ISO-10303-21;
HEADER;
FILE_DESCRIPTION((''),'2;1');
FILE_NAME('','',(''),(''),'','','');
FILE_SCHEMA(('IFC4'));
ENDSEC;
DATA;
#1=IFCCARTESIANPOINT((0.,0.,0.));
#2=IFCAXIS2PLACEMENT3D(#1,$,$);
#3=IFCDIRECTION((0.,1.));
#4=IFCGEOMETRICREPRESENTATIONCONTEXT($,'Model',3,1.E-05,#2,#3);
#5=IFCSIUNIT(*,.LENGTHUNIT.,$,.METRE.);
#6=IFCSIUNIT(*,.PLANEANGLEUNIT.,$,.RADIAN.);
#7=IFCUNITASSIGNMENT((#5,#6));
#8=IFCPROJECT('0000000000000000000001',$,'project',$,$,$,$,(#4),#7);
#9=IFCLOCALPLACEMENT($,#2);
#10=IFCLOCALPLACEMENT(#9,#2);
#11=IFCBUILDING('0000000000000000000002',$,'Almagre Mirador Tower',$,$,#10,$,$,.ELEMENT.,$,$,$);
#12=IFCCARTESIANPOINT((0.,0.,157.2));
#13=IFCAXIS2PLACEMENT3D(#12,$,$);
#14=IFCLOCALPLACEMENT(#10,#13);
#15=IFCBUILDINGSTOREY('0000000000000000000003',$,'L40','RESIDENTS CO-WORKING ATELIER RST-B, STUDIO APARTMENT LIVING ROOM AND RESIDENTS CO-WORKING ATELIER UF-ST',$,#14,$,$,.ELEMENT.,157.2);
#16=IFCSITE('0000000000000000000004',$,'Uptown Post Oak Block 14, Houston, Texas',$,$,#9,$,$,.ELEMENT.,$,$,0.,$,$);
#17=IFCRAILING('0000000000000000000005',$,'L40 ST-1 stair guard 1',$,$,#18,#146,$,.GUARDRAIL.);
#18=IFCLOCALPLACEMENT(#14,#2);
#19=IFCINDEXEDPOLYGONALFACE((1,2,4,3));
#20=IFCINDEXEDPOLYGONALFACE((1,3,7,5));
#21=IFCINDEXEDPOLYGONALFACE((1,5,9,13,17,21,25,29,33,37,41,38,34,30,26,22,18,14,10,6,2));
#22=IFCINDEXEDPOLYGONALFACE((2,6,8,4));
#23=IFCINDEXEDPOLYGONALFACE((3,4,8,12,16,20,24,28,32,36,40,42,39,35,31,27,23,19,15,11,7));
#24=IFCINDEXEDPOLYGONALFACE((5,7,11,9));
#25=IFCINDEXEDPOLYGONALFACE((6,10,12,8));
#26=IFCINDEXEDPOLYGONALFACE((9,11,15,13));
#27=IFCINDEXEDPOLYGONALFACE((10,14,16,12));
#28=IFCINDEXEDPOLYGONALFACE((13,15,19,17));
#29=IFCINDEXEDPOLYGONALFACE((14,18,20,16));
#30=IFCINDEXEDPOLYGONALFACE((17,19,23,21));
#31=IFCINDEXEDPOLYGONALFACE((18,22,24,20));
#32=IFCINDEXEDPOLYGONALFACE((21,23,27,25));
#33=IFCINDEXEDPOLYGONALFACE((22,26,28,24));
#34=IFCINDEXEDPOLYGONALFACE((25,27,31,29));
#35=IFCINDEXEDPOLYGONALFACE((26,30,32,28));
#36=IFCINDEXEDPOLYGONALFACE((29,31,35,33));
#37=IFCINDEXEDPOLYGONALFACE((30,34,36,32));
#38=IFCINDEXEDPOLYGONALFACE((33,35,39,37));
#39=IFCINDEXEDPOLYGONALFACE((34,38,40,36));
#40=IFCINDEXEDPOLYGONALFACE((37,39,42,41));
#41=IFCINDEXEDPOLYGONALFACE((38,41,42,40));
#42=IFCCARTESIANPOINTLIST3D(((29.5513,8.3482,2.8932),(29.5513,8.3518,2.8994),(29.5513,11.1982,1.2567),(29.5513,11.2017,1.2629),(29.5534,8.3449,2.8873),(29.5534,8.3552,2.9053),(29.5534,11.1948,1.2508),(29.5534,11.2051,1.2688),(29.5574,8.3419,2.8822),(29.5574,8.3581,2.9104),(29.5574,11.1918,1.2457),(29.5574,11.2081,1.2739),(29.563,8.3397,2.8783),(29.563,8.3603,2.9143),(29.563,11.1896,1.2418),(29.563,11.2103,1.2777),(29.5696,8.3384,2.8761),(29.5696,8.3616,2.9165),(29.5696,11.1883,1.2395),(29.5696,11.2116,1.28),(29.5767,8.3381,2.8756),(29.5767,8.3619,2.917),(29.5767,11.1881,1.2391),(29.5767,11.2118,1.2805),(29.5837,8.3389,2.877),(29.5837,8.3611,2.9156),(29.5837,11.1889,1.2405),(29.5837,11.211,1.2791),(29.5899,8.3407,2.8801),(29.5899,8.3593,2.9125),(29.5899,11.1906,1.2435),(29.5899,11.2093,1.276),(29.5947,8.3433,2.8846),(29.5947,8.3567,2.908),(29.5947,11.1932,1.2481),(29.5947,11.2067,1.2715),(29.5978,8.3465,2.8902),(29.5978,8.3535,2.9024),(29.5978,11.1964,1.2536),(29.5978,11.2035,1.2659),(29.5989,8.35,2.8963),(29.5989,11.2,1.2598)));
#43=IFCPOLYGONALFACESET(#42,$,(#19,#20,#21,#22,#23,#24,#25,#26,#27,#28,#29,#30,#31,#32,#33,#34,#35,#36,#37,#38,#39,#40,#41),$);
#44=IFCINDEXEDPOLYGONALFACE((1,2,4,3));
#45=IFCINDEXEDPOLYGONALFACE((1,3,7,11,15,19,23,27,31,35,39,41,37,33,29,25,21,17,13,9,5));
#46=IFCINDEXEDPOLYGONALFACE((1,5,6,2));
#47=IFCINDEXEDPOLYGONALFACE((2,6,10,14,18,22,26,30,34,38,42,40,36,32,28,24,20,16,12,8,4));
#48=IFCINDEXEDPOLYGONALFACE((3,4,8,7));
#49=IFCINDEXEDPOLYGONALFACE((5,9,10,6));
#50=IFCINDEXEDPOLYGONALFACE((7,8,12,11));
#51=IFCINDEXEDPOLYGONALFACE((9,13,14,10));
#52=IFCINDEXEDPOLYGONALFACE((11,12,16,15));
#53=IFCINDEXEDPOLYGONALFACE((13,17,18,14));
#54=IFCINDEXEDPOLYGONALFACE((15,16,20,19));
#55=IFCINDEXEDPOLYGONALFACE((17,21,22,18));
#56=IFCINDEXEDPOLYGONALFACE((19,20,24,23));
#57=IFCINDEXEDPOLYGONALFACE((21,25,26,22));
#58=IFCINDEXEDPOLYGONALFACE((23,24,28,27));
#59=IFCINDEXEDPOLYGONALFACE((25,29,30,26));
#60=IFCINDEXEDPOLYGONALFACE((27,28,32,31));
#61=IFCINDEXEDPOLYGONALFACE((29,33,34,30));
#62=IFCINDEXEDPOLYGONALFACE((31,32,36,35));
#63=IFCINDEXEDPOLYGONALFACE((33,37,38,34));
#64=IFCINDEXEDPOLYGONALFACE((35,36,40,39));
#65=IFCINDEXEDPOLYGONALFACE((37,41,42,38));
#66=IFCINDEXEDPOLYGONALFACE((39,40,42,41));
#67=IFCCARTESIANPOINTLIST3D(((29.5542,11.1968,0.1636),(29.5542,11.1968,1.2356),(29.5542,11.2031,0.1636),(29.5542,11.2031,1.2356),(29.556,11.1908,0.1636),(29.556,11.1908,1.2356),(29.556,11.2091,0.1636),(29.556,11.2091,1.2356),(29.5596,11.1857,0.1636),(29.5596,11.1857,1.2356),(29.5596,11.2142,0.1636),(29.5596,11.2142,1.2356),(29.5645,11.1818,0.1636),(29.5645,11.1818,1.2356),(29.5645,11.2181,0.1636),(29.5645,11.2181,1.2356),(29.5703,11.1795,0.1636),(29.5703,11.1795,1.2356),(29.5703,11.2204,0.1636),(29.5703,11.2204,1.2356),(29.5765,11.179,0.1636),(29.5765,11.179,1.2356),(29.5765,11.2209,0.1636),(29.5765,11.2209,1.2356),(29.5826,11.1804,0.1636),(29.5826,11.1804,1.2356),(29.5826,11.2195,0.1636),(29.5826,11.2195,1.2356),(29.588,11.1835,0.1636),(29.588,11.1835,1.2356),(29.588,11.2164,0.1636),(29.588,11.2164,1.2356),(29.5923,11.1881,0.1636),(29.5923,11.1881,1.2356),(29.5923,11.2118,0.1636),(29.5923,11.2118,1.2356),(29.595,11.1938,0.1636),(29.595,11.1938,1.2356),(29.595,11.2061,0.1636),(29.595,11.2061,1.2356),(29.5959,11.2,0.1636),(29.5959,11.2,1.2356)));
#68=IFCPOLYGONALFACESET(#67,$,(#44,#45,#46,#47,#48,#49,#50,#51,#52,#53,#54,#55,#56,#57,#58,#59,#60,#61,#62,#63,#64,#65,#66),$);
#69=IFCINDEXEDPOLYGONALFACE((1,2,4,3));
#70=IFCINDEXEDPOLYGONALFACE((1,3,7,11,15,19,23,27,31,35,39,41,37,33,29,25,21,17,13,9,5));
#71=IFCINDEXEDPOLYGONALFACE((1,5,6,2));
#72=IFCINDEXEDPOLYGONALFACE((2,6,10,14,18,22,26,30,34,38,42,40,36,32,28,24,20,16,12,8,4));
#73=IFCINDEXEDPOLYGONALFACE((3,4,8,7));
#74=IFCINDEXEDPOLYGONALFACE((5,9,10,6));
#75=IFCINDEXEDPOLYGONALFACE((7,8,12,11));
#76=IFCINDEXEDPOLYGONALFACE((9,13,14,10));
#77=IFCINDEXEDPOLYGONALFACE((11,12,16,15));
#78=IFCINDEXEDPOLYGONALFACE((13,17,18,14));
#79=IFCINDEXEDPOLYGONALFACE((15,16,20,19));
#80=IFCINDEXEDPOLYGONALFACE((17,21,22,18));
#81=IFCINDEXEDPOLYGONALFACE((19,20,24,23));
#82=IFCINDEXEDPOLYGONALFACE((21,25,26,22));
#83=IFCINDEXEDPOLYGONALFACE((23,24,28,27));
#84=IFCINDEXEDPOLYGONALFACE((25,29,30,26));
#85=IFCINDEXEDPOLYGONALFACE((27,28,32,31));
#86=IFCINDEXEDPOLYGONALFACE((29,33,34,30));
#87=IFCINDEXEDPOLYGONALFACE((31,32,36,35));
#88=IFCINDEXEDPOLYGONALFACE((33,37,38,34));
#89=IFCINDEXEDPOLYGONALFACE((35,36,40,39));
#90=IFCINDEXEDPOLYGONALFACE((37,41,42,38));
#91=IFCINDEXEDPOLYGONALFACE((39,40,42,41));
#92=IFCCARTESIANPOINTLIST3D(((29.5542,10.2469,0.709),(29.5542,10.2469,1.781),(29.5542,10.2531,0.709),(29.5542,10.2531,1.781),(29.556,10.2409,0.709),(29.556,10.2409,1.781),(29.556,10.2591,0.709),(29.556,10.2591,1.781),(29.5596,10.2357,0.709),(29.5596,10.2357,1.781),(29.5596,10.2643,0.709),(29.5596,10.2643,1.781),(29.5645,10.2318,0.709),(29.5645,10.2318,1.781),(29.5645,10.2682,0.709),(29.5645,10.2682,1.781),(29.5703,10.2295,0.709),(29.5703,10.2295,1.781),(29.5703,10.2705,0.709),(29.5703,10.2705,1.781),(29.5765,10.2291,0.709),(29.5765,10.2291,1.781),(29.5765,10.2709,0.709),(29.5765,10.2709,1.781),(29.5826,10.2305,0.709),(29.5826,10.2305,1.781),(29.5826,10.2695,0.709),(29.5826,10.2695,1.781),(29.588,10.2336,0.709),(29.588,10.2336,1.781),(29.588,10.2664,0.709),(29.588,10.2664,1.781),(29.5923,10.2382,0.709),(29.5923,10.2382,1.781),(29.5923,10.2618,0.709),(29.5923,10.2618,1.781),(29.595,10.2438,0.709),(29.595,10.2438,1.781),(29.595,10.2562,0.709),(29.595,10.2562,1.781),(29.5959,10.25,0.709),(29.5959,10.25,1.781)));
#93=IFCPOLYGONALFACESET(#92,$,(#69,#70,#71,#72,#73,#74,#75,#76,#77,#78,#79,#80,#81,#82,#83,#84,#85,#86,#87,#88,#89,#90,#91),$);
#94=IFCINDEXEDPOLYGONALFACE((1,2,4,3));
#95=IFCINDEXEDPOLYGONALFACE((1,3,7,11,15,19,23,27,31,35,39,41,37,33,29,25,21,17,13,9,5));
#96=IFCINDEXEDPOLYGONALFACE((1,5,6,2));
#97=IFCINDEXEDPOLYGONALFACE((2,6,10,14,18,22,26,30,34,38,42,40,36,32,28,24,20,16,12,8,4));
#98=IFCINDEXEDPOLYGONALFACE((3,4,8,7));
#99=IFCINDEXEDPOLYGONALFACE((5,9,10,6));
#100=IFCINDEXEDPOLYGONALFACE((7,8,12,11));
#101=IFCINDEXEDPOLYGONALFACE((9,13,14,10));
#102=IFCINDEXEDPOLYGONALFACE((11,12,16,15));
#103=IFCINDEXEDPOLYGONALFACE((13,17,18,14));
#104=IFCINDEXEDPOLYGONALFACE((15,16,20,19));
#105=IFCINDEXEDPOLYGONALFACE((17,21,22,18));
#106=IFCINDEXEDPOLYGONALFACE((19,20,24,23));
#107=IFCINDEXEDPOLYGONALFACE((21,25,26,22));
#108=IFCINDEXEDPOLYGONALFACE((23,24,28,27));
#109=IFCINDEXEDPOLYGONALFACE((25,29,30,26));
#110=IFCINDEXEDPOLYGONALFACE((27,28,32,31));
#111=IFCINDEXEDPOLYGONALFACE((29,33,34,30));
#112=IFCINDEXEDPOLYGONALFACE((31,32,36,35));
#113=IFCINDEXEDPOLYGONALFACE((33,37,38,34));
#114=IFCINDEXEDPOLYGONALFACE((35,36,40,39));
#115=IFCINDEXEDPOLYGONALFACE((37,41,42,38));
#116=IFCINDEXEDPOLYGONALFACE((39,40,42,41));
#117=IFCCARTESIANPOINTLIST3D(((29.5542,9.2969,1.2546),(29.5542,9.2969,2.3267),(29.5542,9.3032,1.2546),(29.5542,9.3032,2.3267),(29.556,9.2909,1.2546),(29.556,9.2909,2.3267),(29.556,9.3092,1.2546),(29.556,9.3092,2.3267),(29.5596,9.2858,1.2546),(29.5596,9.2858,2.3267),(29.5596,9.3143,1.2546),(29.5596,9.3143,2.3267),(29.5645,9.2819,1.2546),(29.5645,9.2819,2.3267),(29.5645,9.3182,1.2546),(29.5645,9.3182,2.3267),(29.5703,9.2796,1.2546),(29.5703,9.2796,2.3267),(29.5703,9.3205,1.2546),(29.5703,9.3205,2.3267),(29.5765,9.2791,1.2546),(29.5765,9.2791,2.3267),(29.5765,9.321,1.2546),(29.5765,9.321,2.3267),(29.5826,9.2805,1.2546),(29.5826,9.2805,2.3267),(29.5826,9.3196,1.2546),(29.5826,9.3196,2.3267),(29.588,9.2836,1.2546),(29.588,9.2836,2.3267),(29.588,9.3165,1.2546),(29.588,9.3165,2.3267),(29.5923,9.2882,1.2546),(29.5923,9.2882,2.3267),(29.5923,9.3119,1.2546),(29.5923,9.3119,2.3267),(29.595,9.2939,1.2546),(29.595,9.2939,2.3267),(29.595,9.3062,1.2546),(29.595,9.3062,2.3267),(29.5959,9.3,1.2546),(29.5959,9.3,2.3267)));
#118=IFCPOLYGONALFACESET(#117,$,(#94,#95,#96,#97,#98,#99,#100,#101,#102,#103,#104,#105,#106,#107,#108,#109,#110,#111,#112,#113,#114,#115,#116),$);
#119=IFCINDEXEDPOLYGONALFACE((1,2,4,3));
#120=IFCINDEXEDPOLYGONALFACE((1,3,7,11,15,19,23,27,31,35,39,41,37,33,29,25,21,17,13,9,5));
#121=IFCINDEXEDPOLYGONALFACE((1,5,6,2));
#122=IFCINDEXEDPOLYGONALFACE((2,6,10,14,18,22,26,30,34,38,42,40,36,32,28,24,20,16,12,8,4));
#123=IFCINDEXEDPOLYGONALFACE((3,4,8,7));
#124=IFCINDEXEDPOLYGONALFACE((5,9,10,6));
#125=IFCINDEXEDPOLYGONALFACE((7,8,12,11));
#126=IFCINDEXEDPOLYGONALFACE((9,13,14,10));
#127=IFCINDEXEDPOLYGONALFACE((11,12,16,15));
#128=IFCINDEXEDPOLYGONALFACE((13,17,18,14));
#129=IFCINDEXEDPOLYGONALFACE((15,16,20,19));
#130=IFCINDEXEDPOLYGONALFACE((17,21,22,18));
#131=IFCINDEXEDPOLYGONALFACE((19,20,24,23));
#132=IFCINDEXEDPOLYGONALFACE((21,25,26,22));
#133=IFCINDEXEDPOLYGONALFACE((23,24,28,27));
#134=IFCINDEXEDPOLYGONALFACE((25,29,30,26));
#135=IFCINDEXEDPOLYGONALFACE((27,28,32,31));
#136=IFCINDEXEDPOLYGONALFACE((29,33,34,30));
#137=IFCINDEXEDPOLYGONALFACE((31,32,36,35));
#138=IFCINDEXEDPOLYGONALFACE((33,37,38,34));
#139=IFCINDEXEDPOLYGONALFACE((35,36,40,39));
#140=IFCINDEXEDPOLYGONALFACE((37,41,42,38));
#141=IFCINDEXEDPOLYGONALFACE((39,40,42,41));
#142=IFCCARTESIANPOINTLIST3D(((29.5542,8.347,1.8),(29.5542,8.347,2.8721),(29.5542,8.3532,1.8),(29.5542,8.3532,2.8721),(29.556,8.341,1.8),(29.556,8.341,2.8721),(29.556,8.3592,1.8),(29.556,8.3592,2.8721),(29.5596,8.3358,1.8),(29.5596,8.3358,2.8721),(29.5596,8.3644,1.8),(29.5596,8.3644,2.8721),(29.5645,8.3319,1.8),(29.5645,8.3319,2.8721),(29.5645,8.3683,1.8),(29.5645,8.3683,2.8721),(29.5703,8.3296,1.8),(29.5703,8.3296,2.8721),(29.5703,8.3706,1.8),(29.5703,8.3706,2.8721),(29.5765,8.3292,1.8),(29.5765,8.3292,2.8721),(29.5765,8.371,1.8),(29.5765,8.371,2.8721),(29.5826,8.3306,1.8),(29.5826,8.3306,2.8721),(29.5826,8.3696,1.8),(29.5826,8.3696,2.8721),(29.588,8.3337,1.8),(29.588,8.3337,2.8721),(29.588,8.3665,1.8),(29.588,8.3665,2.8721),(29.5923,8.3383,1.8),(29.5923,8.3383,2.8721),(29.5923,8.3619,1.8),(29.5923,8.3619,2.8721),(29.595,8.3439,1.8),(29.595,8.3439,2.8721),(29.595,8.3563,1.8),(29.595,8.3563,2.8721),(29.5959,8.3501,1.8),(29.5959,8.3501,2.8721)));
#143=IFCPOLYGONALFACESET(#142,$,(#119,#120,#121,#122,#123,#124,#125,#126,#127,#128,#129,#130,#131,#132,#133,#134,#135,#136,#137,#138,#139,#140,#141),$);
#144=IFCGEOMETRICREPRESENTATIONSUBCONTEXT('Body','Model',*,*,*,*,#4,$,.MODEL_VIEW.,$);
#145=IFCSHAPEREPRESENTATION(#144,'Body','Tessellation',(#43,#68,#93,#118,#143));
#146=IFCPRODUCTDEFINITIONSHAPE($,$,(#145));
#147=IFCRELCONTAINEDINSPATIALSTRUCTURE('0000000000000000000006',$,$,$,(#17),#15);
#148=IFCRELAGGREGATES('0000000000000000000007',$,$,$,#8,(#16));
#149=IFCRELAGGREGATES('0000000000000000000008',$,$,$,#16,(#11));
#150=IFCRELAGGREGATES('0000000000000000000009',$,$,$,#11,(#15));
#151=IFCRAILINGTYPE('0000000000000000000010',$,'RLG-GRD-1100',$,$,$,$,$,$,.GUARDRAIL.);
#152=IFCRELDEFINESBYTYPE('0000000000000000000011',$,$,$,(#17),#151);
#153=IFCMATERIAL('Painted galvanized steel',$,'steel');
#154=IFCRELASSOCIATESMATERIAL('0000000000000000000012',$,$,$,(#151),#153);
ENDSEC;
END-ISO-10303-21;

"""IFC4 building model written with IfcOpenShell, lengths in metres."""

from ifc_helpers import new_model, si_unit, direction, frame, origin, origin_2d, place, context, subcontext, project, spatial, circle, extrude, material, type_object, element, save


model = new_model("IFC4")

# Units and contexts
model_context = context("Model", 3, precision=1e-05, world=origin(), true_north=direction((0.0, 1.0)))
body_context = subcontext(model_context, "Body", "Model", "MODEL_VIEW")
ifc_project = project(units=[si_unit("LENGTHUNIT", "METRE"), si_unit("PLANEANGLEUNIT", "RADIAN")], contexts=[model_context])

# Site, building, storey
site_placement = place(None, origin())
site = spatial("IfcSite", under=ifc_project, at=site_placement, Name="Uptown Post Oak Block 14, Houston, Texas", CompositionType="ELEMENT", RefElevation=0.0)
building_placement = place(site_placement, origin())
building = spatial("IfcBuilding", under=site, at=building_placement, Name="Almagre Mirador Tower", CompositionType="ELEMENT")
storey_placement = place(building_placement, frame((0.0, 0.0, 157.2)))
storey = spatial("IfcBuildingStorey", under=building, at=storey_placement, Name="L40", Description="RESIDENTS CO-WORKING ATELIER RST-B, STUDIO APARTMENT LIVING ROOM AND RESIDENTS CO-WORKING ATELIER UF-ST", CompositionType="ELEMENT", Elevation=157.2)

# Railing
ifc_material_1 = material(Name="Painted galvanized steel", Category="steel")
railing_type_1 = type_object("IfcRailingType", Name="RLG-GRD-1100", PredefinedType="GUARDRAIL", material=ifc_material_1)
railing_1_placement = place(storey_placement, frame((29.575, 11.2, 0.1636)))
element("IfcRailing", 1, at=railing_1_placement, inside=storey, type_object=railing_type_1, Name="L40 ST-1 stair guard 1", PredefinedType="GUARDRAIL", context=body_context, shape_type="SweptSolid", body=[
    extrude(circle(Radius=0.0239, at=origin_2d()), frame((0.0, 0.0, 1.0962), z_axis=(0.0, -0.867194, 0.49797), x_axis=(1.0, 0.0, 0.0)), (0.0, 0.0, 1.0), 3.2864),
    extrude(circle(Radius=0.021, at=origin_2d()), origin(), (0.0, 0.0, 1.0), 1.072),
    extrude(circle(Radius=0.021, at=origin_2d()), frame((0.0, -0.95, 0.5454)), (0.0, 0.0, 1.0), 1.072),
    extrude(circle(Radius=0.021, at=origin_2d()), frame((0.0, -1.8999, 1.0911)), (0.0, 0.0, 1.0), 1.072),
    extrude(circle(Radius=0.021, at=origin_2d()), frame((0.0, -2.8499, 1.6365)), (0.0, 0.0, 1.0), 1.072),
])

save(model, "model.ifc")
